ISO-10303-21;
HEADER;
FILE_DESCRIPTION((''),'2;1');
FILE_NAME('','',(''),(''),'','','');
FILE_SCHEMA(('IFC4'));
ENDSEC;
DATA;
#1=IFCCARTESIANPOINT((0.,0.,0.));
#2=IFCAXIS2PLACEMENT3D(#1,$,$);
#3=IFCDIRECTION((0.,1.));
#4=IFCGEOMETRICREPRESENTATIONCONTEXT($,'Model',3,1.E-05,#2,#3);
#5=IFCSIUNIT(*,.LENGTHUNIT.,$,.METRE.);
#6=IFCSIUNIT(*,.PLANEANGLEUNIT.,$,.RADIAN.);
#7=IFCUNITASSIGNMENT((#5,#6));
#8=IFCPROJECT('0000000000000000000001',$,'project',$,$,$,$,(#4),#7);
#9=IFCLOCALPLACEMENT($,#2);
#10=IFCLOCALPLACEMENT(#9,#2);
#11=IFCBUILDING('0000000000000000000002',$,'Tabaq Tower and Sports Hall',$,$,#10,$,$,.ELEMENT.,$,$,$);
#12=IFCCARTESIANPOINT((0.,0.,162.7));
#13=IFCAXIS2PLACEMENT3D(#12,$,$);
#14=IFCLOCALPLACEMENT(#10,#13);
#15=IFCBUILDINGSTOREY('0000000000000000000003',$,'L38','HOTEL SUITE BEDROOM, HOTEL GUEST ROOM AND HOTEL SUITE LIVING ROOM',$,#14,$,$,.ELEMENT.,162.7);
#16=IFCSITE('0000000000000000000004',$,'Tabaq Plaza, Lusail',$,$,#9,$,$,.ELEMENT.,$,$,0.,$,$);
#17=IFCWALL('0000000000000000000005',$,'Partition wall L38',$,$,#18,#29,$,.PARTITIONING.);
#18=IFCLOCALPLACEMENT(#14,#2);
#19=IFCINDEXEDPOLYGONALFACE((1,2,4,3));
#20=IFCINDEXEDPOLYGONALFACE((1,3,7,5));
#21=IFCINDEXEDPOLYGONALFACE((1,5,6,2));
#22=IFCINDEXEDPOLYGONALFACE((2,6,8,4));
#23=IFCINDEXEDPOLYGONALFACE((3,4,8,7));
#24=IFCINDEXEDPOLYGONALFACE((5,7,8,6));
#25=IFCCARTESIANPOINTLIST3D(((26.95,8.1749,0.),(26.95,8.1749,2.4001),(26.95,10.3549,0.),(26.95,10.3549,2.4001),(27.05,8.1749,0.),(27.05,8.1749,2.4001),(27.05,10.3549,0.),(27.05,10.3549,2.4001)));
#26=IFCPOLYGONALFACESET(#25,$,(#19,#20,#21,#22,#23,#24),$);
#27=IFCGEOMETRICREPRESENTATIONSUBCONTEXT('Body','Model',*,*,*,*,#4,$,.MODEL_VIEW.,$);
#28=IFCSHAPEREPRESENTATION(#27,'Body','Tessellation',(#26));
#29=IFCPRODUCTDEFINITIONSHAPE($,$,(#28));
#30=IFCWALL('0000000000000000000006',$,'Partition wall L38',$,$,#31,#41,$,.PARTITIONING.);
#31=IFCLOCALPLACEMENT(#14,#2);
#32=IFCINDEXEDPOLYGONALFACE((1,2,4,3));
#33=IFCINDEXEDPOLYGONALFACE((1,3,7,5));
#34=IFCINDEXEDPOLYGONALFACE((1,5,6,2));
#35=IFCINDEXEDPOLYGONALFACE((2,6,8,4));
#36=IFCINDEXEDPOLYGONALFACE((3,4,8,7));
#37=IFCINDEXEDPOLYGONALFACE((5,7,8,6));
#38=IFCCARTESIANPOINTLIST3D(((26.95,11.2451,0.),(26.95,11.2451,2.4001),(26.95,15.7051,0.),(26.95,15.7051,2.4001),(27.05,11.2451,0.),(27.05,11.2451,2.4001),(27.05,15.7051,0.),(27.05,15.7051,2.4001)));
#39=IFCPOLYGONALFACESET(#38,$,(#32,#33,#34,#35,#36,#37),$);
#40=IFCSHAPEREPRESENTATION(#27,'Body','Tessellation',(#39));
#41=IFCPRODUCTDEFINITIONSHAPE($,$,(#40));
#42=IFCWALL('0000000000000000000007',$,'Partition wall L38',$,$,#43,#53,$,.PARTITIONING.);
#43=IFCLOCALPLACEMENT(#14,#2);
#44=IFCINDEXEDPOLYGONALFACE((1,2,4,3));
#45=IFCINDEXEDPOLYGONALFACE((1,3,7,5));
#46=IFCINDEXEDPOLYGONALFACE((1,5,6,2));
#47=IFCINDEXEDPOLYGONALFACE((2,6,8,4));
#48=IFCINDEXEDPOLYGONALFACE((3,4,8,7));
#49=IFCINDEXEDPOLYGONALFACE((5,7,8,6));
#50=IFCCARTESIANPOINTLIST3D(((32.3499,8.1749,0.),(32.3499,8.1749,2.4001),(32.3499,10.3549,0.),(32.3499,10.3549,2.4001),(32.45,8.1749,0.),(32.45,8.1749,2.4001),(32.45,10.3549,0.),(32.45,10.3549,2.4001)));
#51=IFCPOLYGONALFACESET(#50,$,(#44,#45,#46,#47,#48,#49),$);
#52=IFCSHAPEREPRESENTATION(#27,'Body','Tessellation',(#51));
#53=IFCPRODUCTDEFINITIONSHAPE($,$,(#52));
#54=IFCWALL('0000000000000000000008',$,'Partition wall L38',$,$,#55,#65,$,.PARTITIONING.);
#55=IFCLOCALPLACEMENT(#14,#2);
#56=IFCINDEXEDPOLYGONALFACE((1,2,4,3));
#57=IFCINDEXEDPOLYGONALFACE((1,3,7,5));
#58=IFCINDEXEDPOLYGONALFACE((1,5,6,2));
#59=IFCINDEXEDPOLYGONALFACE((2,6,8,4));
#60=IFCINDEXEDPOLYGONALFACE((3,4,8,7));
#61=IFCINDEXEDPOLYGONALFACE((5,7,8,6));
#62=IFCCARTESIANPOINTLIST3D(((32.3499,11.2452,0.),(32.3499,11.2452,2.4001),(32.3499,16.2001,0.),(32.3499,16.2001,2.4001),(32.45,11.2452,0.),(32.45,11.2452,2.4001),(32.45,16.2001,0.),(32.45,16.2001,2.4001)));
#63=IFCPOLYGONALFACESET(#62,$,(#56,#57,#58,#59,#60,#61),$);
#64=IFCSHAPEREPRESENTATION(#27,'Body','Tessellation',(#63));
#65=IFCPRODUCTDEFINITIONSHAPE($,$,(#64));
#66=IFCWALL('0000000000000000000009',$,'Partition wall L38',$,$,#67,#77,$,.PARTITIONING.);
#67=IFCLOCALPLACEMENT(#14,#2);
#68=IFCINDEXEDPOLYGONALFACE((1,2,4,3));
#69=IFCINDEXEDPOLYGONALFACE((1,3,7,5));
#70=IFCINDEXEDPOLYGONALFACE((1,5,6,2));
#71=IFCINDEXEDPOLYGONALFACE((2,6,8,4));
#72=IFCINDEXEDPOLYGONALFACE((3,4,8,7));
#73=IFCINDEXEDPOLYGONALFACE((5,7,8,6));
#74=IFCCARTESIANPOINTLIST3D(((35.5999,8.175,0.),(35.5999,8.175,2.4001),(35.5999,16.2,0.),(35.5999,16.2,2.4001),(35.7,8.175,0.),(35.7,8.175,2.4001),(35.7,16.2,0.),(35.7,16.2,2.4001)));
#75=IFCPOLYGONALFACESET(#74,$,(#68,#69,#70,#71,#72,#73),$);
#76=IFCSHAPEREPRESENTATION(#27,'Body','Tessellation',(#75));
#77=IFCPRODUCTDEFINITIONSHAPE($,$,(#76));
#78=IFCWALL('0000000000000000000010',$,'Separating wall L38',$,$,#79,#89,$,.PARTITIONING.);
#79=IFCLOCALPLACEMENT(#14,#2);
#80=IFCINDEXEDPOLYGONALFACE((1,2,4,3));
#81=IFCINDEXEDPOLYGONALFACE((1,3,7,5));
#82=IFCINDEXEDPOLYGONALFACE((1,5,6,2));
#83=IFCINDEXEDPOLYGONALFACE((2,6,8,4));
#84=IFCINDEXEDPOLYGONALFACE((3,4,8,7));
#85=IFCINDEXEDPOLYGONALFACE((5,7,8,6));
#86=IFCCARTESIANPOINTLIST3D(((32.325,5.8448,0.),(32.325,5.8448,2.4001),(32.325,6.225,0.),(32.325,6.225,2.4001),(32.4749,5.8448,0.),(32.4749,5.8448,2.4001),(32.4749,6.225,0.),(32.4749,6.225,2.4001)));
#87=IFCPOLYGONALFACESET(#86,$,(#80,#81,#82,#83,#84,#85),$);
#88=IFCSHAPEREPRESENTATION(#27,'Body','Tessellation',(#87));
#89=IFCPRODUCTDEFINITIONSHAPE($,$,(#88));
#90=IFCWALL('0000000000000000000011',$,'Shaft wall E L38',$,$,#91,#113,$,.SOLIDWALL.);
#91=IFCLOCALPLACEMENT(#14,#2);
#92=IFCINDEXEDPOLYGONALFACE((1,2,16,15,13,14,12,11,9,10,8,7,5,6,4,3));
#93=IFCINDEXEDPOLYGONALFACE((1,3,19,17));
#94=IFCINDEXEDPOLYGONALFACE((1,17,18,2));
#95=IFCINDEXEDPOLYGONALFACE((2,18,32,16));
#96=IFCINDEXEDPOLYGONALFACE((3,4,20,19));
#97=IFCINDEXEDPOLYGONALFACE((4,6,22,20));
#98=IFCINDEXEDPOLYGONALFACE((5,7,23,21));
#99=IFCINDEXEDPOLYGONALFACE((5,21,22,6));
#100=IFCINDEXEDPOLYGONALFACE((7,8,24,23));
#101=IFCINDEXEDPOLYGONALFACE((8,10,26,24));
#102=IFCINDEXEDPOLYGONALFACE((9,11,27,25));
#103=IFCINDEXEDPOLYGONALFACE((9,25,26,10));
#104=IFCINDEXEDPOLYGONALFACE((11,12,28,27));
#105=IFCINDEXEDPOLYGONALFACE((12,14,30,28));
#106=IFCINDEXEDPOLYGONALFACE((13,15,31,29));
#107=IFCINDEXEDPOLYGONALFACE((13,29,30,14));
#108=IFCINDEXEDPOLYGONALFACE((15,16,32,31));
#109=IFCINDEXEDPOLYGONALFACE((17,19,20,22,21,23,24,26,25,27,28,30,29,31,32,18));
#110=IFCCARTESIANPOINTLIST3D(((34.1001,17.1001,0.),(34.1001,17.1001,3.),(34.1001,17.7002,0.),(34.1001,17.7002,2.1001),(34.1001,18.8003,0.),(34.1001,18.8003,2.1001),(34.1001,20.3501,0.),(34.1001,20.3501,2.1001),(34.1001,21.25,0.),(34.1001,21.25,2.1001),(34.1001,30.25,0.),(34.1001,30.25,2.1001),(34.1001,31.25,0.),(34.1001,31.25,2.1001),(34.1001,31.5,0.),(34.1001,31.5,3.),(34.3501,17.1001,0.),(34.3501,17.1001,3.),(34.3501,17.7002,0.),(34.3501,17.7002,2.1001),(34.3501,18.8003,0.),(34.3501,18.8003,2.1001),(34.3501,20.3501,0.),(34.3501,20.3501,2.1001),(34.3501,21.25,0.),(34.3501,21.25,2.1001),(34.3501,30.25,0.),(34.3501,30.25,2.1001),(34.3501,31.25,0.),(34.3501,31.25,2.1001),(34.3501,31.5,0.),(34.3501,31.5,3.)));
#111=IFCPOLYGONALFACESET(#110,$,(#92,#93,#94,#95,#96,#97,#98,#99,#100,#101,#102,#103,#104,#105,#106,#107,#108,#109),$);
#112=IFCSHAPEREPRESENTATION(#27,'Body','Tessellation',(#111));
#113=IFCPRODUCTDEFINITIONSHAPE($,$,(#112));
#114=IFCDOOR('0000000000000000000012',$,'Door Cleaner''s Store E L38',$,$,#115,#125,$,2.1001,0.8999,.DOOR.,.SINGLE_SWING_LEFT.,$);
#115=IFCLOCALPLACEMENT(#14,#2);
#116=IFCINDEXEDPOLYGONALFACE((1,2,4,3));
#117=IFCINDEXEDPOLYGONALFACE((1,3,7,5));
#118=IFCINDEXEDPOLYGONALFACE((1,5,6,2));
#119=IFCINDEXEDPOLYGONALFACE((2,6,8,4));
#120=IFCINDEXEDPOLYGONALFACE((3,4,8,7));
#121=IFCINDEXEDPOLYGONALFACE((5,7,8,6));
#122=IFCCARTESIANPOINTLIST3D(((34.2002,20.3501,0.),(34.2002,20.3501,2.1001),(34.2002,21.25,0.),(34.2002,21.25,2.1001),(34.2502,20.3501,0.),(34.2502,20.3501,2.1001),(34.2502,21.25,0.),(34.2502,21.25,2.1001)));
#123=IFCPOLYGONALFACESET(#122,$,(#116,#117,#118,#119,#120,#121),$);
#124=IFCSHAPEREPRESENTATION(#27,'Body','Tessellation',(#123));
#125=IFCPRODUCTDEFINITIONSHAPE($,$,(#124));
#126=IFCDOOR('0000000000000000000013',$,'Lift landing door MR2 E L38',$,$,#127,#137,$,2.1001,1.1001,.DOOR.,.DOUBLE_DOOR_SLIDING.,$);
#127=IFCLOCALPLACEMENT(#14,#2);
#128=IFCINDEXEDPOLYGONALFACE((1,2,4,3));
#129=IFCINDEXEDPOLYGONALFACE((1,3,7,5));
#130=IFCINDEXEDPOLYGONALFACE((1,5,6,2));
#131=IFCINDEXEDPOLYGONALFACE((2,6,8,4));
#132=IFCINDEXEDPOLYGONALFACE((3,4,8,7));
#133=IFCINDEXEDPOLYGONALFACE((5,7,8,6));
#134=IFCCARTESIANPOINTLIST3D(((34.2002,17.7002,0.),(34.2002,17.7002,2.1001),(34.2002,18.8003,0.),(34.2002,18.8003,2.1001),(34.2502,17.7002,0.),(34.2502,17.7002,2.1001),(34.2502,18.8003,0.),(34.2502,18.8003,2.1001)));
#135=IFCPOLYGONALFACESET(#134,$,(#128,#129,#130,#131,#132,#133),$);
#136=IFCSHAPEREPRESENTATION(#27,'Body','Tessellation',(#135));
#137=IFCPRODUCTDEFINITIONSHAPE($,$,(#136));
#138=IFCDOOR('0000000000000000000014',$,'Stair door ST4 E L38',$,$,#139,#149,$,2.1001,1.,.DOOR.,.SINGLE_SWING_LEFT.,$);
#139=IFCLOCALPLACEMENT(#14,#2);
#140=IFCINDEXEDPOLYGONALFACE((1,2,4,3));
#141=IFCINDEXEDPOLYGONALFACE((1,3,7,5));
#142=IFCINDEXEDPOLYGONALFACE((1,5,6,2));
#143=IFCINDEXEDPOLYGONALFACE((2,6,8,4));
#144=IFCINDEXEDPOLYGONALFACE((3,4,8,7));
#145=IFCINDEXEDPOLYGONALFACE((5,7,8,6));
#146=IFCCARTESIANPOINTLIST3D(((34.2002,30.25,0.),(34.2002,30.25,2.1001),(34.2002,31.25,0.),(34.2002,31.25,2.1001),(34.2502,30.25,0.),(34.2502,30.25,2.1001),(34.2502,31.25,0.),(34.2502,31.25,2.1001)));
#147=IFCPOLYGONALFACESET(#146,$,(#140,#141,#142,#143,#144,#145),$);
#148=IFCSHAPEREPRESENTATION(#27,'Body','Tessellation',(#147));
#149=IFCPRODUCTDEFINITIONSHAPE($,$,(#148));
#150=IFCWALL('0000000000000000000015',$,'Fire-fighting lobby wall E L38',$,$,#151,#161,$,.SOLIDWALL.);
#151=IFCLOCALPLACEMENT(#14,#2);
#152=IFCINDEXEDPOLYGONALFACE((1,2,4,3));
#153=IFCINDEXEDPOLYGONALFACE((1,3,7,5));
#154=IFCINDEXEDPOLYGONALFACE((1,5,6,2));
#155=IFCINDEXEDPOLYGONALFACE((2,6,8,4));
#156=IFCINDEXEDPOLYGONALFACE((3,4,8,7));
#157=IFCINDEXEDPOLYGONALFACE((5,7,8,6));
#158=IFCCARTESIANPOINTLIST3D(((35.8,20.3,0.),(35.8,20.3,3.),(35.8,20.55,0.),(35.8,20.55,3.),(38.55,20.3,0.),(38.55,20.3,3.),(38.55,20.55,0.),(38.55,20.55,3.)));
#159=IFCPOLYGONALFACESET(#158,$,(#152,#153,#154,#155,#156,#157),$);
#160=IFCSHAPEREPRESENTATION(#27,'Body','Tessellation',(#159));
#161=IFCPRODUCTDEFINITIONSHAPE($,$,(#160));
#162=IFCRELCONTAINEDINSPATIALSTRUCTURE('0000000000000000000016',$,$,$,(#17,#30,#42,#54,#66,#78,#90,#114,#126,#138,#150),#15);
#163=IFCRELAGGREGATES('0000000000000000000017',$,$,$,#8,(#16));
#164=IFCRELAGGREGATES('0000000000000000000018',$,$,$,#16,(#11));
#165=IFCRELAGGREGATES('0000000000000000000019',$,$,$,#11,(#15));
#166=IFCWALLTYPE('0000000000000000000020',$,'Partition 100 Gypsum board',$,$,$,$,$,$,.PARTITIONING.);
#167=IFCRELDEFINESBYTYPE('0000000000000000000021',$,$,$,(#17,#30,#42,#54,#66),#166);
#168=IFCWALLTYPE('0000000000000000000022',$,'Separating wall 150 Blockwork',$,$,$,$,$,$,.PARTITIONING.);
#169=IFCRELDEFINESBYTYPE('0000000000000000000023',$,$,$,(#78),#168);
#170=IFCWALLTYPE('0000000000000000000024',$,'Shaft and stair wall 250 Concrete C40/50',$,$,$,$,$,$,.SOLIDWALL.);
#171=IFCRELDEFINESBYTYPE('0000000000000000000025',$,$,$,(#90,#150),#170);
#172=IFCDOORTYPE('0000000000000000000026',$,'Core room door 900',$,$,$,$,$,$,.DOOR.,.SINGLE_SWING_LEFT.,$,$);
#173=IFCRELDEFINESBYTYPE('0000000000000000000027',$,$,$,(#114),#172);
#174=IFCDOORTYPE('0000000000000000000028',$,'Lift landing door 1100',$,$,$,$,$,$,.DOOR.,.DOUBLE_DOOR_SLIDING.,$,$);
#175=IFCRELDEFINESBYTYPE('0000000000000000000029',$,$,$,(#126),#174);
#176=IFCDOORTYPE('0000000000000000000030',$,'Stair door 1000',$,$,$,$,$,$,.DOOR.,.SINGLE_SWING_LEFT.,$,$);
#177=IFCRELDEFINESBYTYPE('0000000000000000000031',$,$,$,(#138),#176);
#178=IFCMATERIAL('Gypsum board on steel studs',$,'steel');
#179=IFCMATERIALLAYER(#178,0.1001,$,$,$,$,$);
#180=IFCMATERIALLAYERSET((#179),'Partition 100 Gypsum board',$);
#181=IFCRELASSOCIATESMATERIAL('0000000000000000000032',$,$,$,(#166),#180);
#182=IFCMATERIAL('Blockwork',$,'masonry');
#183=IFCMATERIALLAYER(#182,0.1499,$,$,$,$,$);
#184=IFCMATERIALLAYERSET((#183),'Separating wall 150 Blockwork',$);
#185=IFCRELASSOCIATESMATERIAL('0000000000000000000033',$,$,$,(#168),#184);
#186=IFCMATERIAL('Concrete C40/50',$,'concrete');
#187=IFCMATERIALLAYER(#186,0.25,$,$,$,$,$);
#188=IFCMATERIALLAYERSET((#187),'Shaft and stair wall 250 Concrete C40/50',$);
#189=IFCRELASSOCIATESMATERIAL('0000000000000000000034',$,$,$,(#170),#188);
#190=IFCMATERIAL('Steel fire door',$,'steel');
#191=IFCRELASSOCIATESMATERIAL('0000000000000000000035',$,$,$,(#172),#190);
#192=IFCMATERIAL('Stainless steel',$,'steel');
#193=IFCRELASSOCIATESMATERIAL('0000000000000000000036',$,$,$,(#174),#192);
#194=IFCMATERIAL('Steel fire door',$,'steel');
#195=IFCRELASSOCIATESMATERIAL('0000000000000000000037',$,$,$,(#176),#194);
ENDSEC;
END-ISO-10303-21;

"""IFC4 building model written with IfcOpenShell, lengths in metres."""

from ifc_helpers import new_model, si_unit, direction, frame, frame_2d, origin, place, context, subcontext, project, spatial, rectangle, extrude, material, layer, layer_set, type_object, element, fill, save


model = new_model("IFC4")

# Units and contexts
model_context = context("Model", 3, precision=1e-05, world=origin(), true_north=direction((0.0, 1.0)))
body_context = subcontext(model_context, "Body", "Model", "MODEL_VIEW")
ifc_project = project(units=[si_unit("LENGTHUNIT", "METRE"), si_unit("PLANEANGLEUNIT", "RADIAN")], contexts=[model_context])

# Site, building, storey
site_placement = place(None, origin())
site = spatial("IfcSite", under=ifc_project, at=site_placement, Name="Tabaq Plaza, Lusail", CompositionType="ELEMENT", RefElevation=0.0)
building_placement = place(site_placement, origin())
building = spatial("IfcBuilding", under=site, at=building_placement, Name="Tabaq Tower and Sports Hall", CompositionType="ELEMENT")
storey_placement = place(building_placement, frame((0.0, 0.0, 162.7)))
storey = spatial("IfcBuildingStorey", under=building, at=storey_placement, Name="L38", Description="HOTEL SUITE BEDROOM, HOTEL GUEST ROOM AND HOTEL SUITE LIVING ROOM", CompositionType="ELEMENT", Elevation=162.7)

# Shared definitions
ifc_material_1 = material(Name="Gypsum board on steel studs", Category="steel")
ifc_layer_1 = layer(ifc_material_1, 0.1001)
ifc_layer_set_1 = layer_set([ifc_layer_1], Name="Partition 100 Gypsum board")
wall_type_1 = type_object("IfcWallType", Name="Partition 100 Gypsum board", PredefinedType="PARTITIONING", material=ifc_layer_set_1)

# Walls
wall_1_placement = place(storey_placement, frame((27.0, 8.175, 0.0), z_axis=(0.0, 0.0, 1.0), x_axis=(0.0, 1.0, 0.0)))
element("IfcWall", 1, at=wall_1_placement, inside=storey, type_object=wall_type_1, Name="Partition wall L38", PredefinedType="PARTITIONING", context=body_context, shape_type="SweptSolid", body=[
    extrude(rectangle(XDim=2.1799, YDim=0.1001, at=frame_2d((1.0898, 0.0))), origin(), (0.0, 0.0, 1.0), 2.4001),
])
wall_2_placement = place(storey_placement, frame((27.0, 11.2451, 0.0), z_axis=(0.0, 0.0, 1.0), x_axis=(0.0, 1.0, 0.0)))
element("IfcWall", 2, at=wall_2_placement, inside=storey, type_object=wall_type_1, Name="Partition wall L38", PredefinedType="PARTITIONING", context=body_context, shape_type="SweptSolid", body=[
    extrude(rectangle(XDim=4.46, YDim=0.1001, at=frame_2d((2.23, 0.0))), origin(), (0.0, 0.0, 1.0), 2.4001),
])
wall_3_placement = place(storey_placement, frame((32.3999, 8.175, 0.0), z_axis=(0.0, 0.0, 1.0), x_axis=(0.0, 1.0, 0.0)))
element("IfcWall", 3, at=wall_3_placement, inside=storey, type_object=wall_type_1, Name="Partition wall L38", PredefinedType="PARTITIONING", context=body_context, shape_type="SweptSolid", body=[
    extrude(rectangle(XDim=2.1799, YDim=0.1001, at=frame_2d((1.0898, 0.0))), origin(), (0.0, 0.0, 1.0), 2.4001),
])
wall_4_placement = place(storey_placement, frame((32.3999, 11.2451, 0.0), z_axis=(0.0, 0.0, 1.0), x_axis=(0.0, 1.0, 0.0)))
element("IfcWall", 4, at=wall_4_placement, inside=storey, type_object=wall_type_1, Name="Partition wall L38", PredefinedType="PARTITIONING", context=body_context, shape_type="SweptSolid", body=[
    extrude(rectangle(XDim=4.9548, YDim=0.1001, at=frame_2d((2.4775, 0.0))), origin(), (0.0, 0.0, 1.0), 2.4001),
])
wall_5_placement = place(storey_placement, frame((35.6499, 16.2, 0.0), z_axis=(0.0, 0.0, 1.0), x_axis=(0.0, -1.0, 0.0)))
element("IfcWall", 5, at=wall_5_placement, inside=storey, type_object=wall_type_1, Name="Partition wall L38", PredefinedType="PARTITIONING", context=body_context, shape_type="SweptSolid", body=[
    extrude(rectangle(XDim=8.0249, YDim=0.1001, at=frame_2d((4.0125, 0.0))), origin(), (0.0, 0.0, 1.0), 2.4001),
])
ifc_material_2 = material(Name="Blockwork", Category="masonry")
ifc_layer_2 = layer(ifc_material_2, 0.1499)
ifc_layer_set_2 = layer_set([ifc_layer_2], Name="Separating wall 150 Blockwork")
wall_type_2 = type_object("IfcWallType", Name="Separating wall 150 Blockwork", PredefinedType="PARTITIONING", material=ifc_layer_set_2)
wall_6_placement = place(storey_placement, frame((32.3999, 5.845, 0.0), z_axis=(0.0, 0.0, 1.0), x_axis=(0.0, 1.0, 0.0)))
element("IfcWall", 6, at=wall_6_placement, inside=storey, type_object=wall_type_2, Name="Separating wall L38", PredefinedType="PARTITIONING", context=body_context, shape_type="SweptSolid", body=[
    extrude(rectangle(XDim=0.3801, YDim=0.1499, at=frame_2d((0.1899, 0.0))), origin(), (0.0, 0.0, 1.0), 2.4001),
])

# Wall, openings, doors
ifc_material_3 = material(Name="Concrete C40/50", Category="concrete")
ifc_layer_3 = layer(ifc_material_3, 0.25)
ifc_layer_set_3 = layer_set([ifc_layer_3], Name="Shaft and stair wall 250 Concrete C40/50")
wall_type_3 = type_object("IfcWallType", Name="Shaft and stair wall 250 Concrete C40/50", PredefinedType="SOLIDWALL", material=ifc_layer_set_3)
wall_7_placement = place(storey_placement, frame((34.2251, 17.1001, 0.0), z_axis=(0.0, 0.0, 1.0), x_axis=(0.0, 1.0, 0.0)))
wall_7 = element("IfcWall", 7, at=wall_7_placement, inside=storey, type_object=wall_type_3, Name="Shaft wall E L38", PredefinedType="SOLIDWALL", context=body_context, shape_type="SweptSolid", body=[
    extrude(rectangle(XDim=14.3999, YDim=0.25, at=frame_2d((7.2, 0.0))), origin(), (0.0, 0.0, 1.0), 3.0),
])
opening_1_placement = place(wall_7_placement, frame((13.1499, 0.0, 0.0)))
opening_1 = element("IfcOpeningElement", 8, at=opening_1_placement, cuts=wall_7, PredefinedType="OPENING", context=body_context, shape_type="SweptSolid", body=[
    extrude(rectangle(XDim=1.0, YDim=2.1001, at=frame_2d((0.5, 1.05))), frame((0.0, 0.125, 0.0), z_axis=(0.0, -1.0, 0.0), x_axis=(1.0, 0.0, 0.0)), (0.0, 0.0, 1.0), 0.25),
])
opening_2_placement = place(wall_7_placement, frame((0.6001, 0.0, 0.0)))
opening_2 = element("IfcOpeningElement", 9, at=opening_2_placement, cuts=wall_7, PredefinedType="OPENING", context=body_context, shape_type="SweptSolid", body=[
    extrude(rectangle(XDim=1.1001, YDim=2.1001, at=frame_2d((0.55, 1.05))), frame((0.0, 0.125, 0.0), z_axis=(0.0, -1.0, 0.0), x_axis=(1.0, 0.0, 0.0)), (0.0, 0.0, 1.0), 0.25),
])
opening_3_placement = place(wall_7_placement, frame((3.25, 0.0, 0.0)))
opening_3 = element("IfcOpeningElement", 10, at=opening_3_placement, cuts=wall_7, PredefinedType="OPENING", context=body_context, shape_type="SweptSolid", body=[
    extrude(rectangle(XDim=0.8999, YDim=2.1001, at=frame_2d((0.45, 1.05))), frame((0.0, 0.125, 0.0), z_axis=(0.0, -1.0, 0.0), x_axis=(1.0, 0.0, 0.0)), (0.0, 0.0, 1.0), 0.25),
])
ifc_material_4 = material(Name="Steel fire door", Category="steel")
door_type_1 = type_object("IfcDoorType", Name="Core room door 900", OperationType="SINGLE_SWING_LEFT", PredefinedType="DOOR", material=ifc_material_4)
door_1_placement = place(opening_3_placement, origin())
door_1 = element("IfcDoor", 11, at=door_1_placement, inside=storey, type_object=door_type_1, Name="Door Cleaner's Store E L38", OperationType="SINGLE_SWING_LEFT", OverallHeight=2.1001, OverallWidth=0.8999, PredefinedType="DOOR", context=body_context, shape_type="SweptSolid", body=[
    extrude(rectangle(XDim=0.8999, YDim=2.1001, at=frame_2d((0.45, 1.05))), frame((0.0, 0.0249, 0.0), z_axis=(0.0, -1.0, 0.0), x_axis=(1.0, 0.0, 0.0)), (0.0, 0.0, 1.0), 0.05),
])
fill(opening_3, door_1)
ifc_material_5 = material(Name="Stainless steel", Category="steel")
door_type_2 = type_object("IfcDoorType", Name="Lift landing door 1100", OperationType="DOUBLE_DOOR_SLIDING", PredefinedType="DOOR", material=ifc_material_5)
door_2_placement = place(opening_2_placement, origin())
door_2 = element("IfcDoor", 12, at=door_2_placement, inside=storey, type_object=door_type_2, Name="Lift landing door MR2 E L38", OperationType="DOUBLE_DOOR_SLIDING", OverallHeight=2.1001, OverallWidth=1.1001, PredefinedType="DOOR", context=body_context, shape_type="SweptSolid", body=[
    extrude(rectangle(XDim=1.1001, YDim=2.1001, at=frame_2d((0.55, 1.05))), frame((0.0, 0.0249, 0.0), z_axis=(0.0, -1.0, 0.0), x_axis=(1.0, 0.0, 0.0)), (0.0, 0.0, 1.0), 0.05),
])
fill(opening_2, door_2)
ifc_material_6 = material(Name="Steel fire door", Category="steel")
door_type_3 = type_object("IfcDoorType", Name="Stair door 1000", OperationType="SINGLE_SWING_LEFT", PredefinedType="DOOR", material=ifc_material_6)
door_3_placement = place(opening_1_placement, origin())
door_3 = element("IfcDoor", 13, at=door_3_placement, inside=storey, type_object=door_type_3, Name="Stair door ST4 E L38", OperationType="SINGLE_SWING_LEFT", OverallHeight=2.1001, OverallWidth=1.0, PredefinedType="DOOR", context=body_context, shape_type="SweptSolid", body=[
    extrude(rectangle(XDim=1.0, YDim=2.1001, at=frame_2d((0.5, 1.05))), frame((0.0, 0.0249, 0.0), z_axis=(0.0, -1.0, 0.0), x_axis=(1.0, 0.0, 0.0)), (0.0, 0.0, 1.0), 0.05),
])
fill(opening_1, door_3)

# Wall
wall_8_placement = place(storey_placement, frame((35.8, 20.425, 0.0), z_axis=(0.0, 0.0, 1.0), x_axis=(1.0, 0.0, 0.0)))
element("IfcWall", 14, at=wall_8_placement, inside=storey, type_object=wall_type_3, Name="Fire-fighting lobby wall E L38", PredefinedType="SOLIDWALL", context=body_context, shape_type="SweptSolid", body=[
    extrude(rectangle(XDim=2.75, YDim=0.25, at=frame_2d((1.375, 0.0))), origin(), (0.0, 0.0, 1.0), 3.0),
])

save(model, "model.ifc")
